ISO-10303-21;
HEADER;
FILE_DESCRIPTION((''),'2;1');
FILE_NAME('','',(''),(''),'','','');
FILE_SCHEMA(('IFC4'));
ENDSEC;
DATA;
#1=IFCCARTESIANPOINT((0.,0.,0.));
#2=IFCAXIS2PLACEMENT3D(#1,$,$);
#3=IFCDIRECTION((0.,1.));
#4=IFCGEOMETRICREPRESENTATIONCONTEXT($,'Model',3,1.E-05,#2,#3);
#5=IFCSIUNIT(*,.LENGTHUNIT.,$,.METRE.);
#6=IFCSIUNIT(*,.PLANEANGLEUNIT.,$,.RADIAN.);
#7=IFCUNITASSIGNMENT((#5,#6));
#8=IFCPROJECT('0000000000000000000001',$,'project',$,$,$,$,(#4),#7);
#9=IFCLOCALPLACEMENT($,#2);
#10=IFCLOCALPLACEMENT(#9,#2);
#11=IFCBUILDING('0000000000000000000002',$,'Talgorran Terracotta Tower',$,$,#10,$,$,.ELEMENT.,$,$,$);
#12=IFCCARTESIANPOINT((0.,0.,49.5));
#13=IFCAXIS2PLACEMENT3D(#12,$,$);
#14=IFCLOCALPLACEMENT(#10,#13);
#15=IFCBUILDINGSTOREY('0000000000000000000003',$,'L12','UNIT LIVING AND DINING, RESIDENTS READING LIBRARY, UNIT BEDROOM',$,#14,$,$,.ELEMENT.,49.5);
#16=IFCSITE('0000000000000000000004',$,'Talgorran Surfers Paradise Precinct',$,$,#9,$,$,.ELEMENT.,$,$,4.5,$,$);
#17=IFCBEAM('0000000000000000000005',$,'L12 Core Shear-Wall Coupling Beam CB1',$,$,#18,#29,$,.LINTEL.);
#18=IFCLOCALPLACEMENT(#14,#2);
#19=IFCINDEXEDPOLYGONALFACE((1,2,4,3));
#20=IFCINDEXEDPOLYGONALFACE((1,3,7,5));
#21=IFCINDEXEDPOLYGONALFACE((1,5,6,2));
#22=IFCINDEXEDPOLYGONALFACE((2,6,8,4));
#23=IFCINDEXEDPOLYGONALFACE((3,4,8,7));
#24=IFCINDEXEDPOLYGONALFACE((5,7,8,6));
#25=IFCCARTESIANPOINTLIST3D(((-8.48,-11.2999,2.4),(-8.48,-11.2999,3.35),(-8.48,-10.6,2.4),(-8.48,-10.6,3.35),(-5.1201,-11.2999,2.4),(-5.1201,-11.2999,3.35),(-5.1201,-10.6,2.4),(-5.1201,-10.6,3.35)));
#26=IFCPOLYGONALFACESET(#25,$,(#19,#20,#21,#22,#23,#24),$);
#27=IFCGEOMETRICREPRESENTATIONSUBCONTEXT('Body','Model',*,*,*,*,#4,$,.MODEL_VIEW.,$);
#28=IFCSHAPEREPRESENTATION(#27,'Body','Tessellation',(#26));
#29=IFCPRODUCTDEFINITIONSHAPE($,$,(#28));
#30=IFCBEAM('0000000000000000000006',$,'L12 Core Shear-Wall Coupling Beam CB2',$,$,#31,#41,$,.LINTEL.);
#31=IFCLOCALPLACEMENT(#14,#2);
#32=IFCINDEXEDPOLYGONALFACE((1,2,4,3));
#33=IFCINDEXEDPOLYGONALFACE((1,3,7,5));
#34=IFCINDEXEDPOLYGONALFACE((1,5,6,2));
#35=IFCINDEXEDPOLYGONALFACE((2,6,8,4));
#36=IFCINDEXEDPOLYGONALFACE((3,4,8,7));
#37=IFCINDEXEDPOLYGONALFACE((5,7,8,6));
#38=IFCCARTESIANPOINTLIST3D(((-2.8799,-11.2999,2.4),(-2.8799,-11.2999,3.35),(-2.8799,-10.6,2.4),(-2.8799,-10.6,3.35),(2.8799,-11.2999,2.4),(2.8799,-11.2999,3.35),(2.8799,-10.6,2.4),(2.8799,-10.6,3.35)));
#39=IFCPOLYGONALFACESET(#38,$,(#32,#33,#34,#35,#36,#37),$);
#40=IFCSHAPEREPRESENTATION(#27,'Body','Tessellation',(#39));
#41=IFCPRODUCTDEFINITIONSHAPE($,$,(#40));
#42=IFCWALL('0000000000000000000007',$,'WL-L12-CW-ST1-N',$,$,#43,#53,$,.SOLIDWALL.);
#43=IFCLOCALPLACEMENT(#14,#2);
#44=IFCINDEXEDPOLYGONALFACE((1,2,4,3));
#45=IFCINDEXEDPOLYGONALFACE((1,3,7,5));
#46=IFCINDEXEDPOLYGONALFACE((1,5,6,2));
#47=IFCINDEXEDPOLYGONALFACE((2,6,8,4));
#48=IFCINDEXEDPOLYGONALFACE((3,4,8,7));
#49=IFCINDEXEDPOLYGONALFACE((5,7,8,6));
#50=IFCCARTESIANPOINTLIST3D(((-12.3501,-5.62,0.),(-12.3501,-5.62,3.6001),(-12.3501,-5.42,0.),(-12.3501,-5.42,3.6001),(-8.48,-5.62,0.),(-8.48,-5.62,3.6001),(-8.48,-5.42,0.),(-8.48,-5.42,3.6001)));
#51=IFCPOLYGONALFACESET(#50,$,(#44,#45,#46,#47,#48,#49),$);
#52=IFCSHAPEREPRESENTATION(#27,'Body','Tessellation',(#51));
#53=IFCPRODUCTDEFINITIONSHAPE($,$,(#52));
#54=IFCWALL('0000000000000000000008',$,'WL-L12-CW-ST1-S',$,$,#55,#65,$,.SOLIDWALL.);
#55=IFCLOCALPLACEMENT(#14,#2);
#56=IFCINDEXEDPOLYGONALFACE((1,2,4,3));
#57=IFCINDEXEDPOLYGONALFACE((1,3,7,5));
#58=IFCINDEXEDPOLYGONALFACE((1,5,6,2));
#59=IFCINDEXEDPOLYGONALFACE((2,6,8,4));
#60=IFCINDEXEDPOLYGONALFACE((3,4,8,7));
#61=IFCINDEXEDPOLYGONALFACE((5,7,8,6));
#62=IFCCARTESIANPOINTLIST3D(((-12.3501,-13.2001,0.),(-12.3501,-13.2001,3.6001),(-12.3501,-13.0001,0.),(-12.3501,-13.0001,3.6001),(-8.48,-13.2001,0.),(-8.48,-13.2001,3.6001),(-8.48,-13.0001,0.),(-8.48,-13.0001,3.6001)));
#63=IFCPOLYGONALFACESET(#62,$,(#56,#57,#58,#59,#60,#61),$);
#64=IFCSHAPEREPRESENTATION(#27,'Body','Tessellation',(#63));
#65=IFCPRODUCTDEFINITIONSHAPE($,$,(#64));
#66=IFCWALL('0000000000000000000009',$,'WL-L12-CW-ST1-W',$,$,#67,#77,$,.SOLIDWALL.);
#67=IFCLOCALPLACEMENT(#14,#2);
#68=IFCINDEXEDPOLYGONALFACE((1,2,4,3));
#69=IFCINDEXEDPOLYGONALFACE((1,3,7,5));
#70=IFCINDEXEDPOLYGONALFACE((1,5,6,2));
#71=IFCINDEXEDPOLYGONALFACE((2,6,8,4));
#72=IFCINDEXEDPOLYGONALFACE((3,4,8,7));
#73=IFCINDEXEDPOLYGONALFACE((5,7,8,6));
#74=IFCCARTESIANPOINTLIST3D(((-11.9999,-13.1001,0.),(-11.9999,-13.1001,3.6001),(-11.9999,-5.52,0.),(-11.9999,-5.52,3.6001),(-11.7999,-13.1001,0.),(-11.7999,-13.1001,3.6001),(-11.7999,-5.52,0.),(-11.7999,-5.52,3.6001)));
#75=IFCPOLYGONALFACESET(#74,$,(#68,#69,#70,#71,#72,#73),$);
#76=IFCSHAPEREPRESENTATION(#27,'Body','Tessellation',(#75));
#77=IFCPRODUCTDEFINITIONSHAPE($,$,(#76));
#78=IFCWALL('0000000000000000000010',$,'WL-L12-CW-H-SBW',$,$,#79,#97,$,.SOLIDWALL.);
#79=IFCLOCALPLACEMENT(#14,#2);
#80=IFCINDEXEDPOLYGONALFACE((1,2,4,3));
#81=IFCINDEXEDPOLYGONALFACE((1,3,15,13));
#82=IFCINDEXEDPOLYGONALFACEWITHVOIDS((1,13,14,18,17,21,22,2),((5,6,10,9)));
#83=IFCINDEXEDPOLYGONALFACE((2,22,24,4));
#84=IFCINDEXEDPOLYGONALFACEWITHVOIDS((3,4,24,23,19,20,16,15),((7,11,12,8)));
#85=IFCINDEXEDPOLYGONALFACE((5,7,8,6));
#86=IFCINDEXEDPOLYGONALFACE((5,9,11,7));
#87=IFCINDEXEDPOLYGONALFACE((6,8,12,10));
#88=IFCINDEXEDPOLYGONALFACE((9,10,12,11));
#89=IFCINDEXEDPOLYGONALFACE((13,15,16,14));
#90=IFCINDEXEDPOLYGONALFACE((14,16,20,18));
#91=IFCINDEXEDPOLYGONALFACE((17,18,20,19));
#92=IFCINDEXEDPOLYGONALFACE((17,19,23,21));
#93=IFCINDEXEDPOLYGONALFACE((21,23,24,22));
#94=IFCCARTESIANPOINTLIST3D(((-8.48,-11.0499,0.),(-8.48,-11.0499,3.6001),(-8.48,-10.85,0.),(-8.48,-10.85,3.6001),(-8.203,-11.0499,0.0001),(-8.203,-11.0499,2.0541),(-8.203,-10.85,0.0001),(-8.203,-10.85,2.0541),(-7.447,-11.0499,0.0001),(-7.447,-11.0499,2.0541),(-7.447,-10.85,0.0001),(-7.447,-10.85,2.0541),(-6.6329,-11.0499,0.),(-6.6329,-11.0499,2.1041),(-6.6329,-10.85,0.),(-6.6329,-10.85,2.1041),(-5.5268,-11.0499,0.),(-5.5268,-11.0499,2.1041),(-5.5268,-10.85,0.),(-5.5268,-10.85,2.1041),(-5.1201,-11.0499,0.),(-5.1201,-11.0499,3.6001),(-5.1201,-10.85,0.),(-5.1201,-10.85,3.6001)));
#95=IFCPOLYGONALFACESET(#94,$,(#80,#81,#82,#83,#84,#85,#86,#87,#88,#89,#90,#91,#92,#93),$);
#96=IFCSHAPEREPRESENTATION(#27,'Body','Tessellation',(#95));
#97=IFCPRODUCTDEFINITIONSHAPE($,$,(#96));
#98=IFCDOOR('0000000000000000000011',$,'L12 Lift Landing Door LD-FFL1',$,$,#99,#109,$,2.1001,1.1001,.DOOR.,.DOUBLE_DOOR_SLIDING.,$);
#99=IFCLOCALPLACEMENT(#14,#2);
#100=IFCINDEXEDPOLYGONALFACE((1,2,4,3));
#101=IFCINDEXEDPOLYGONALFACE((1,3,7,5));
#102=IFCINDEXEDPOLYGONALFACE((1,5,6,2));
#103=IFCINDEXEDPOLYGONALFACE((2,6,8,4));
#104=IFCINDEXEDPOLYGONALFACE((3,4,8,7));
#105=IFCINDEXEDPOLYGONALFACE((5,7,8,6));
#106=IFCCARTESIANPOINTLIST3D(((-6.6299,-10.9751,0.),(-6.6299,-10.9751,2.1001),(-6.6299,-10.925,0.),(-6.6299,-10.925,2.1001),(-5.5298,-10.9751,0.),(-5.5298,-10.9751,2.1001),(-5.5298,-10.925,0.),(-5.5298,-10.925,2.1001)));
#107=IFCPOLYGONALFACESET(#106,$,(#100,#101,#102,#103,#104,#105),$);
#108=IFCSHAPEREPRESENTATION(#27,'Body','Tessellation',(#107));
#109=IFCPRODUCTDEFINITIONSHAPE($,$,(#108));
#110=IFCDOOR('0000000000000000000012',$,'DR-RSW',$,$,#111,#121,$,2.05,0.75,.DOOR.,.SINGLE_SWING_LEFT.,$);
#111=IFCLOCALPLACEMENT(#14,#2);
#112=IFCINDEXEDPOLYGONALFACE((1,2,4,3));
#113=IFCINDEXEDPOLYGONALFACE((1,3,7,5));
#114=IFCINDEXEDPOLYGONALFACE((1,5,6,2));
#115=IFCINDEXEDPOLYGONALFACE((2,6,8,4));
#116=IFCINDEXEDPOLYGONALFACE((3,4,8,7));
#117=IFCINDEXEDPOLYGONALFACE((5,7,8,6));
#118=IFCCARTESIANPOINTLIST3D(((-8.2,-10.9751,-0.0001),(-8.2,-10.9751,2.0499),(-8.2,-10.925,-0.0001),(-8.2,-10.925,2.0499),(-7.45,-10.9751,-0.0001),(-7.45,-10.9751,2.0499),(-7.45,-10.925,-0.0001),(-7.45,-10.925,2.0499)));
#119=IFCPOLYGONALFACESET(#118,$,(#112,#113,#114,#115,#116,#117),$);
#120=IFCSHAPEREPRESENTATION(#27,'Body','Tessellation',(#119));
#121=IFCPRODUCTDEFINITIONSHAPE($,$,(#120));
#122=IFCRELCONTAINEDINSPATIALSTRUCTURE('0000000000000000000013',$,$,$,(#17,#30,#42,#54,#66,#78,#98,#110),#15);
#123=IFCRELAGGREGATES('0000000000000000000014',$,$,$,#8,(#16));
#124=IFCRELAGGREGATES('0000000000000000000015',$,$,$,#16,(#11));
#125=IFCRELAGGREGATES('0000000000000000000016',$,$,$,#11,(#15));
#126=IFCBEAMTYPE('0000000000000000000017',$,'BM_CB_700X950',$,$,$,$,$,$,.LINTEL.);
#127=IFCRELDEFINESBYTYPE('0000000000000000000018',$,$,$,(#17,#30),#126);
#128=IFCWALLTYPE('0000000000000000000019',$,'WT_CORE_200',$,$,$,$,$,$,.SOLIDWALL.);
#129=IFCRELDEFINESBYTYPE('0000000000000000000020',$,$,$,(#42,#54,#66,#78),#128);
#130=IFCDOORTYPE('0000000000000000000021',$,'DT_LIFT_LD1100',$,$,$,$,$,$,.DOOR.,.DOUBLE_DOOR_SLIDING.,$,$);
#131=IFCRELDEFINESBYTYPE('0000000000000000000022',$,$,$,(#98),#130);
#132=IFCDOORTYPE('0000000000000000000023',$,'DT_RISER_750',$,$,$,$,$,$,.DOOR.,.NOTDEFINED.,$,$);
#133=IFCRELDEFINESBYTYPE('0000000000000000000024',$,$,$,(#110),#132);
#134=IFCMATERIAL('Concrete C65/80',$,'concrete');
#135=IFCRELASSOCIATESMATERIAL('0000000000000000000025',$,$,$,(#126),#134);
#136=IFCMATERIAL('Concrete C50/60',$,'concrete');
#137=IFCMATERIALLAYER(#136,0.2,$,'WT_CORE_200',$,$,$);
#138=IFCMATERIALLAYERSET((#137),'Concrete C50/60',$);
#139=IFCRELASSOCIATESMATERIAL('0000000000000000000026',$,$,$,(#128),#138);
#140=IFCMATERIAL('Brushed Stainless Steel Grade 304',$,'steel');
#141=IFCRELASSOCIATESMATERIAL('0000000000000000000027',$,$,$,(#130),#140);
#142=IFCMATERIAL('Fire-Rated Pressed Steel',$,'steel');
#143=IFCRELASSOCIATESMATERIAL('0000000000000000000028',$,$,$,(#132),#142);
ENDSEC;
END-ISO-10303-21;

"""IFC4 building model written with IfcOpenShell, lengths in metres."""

from ifc_helpers import new_model, si_unit, direction, frame, frame_2d, origin, origin_2d, place, context, subcontext, project, spatial, rectangle, extrude, material, layer, layer_set, material_profile, profile_set, type_object, element, fill, save


model = new_model("IFC4")

# Units and contexts
model_context = context("Model", 3, precision=1e-05, world=origin(), true_north=direction((0.0, 1.0)))
body_context = subcontext(model_context, "Body", "Model", "MODEL_VIEW")
ifc_project = project(units=[si_unit("LENGTHUNIT", "METRE"), si_unit("PLANEANGLEUNIT", "RADIAN")], contexts=[model_context])

# Site, building, storey
site_placement = place(None, origin())
site = spatial("IfcSite", under=ifc_project, at=site_placement, Name="Talgorran Surfers Paradise Precinct", CompositionType="ELEMENT", RefElevation=4.5)
building_placement = place(site_placement, origin())
building = spatial("IfcBuilding", under=site, at=building_placement, Name="Talgorran Terracotta Tower", CompositionType="ELEMENT")
storey_placement = place(building_placement, frame((0.0, 0.0, 49.5)))
storey = spatial("IfcBuildingStorey", under=building, at=storey_placement, Name="L12", Description="UNIT LIVING AND DINING, RESIDENTS READING LIBRARY, UNIT BEDROOM", CompositionType="ELEMENT", Elevation=49.5)

# Beams
ifc_material_1 = material(Name="Concrete C65/80", Category="concrete")
ifc_material_profile = material_profile(ifc_material_1, rectangle(XDim=0.7, YDim=0.95, at=origin_2d()), Name="RCCB700X950")
ifc_profile_set = profile_set([ifc_material_profile], Name="Concrete C65/80")
beam_type = type_object("IfcBeamType", Name="BM_CB_700X950", PredefinedType="LINTEL", material=ifc_profile_set)
beam_1_placement = place(storey_placement, frame((-8.48, -10.95, 2.875), z_axis=(1.0, 0.0, 0.0), x_axis=(0.0, 1.0, 0.0)))
element("IfcBeam", 1, at=beam_1_placement, inside=storey, type_object=beam_type, Name="L12 Core Shear-Wall Coupling Beam CB1", PredefinedType="LINTEL", context=body_context, shape_type="SweptSolid", body=[
    extrude(rectangle(XDim=0.7, YDim=0.95, at=origin_2d()), origin(), (0.0, 0.0, 1.0), 3.3599),
])
beam_2_placement = place(storey_placement, frame((-2.8799, -10.95, 2.875), z_axis=(1.0, 0.0, 0.0), x_axis=(0.0, 1.0, 0.0)))
element("IfcBeam", 2, at=beam_2_placement, inside=storey, type_object=beam_type, Name="L12 Core Shear-Wall Coupling Beam CB2", PredefinedType="LINTEL", context=body_context, shape_type="SweptSolid", body=[
    extrude(rectangle(XDim=0.7, YDim=0.95, at=origin_2d()), origin(), (0.0, 0.0, 1.0), 5.7598),
])

# Walls
ifc_material_2 = material(Name="Concrete C50/60", Category="concrete")
ifc_layer_1 = layer(ifc_material_2, 0.2, Name="WT_CORE_200")
ifc_layer_set_1 = layer_set([ifc_layer_1], Name="Concrete C50/60")
wall_type_1 = type_object("IfcWallType", Name="WT_CORE_200", PredefinedType="SOLIDWALL", material=ifc_layer_set_1)
for number, where, z_axis, x_axis, name in (
    (3, (-12.3501, -5.52, 0.0), (0.0, 0.0, 1.0), (1.0, 0.0, 0.0), "WL-L12-CW-ST1-N"),
    (4, (-12.3501, -13.1001, 0.0), (0.0, 0.0, 1.0), (1.0, 0.0, 0.0), "WL-L12-CW-ST1-S"),
):
    element("IfcWall", number, at=place(storey_placement, frame(where, z_axis=z_axis, x_axis=x_axis)), inside=storey, type_object=wall_type_1, Name=name, PredefinedType="SOLIDWALL", context=body_context, shape_type="SweptSolid", body=[
        extrude(rectangle(XDim=3.8701, YDim=0.2, at=frame_2d((1.9351, 0.0))), origin(), (0.0, 0.0, 1.0), 3.6001),
    ])
wall_1_placement = place(storey_placement, frame((-11.8999, -13.1001, 0.0), z_axis=(0.0, 0.0, 1.0), x_axis=(0.0, 1.0, 0.0)))
element("IfcWall", 5, at=wall_1_placement, inside=storey, type_object=wall_type_1, Name="WL-L12-CW-ST1-W", PredefinedType="SOLIDWALL", context=body_context, shape_type="SweptSolid", body=[
    extrude(rectangle(XDim=7.5801, YDim=0.2, at=frame_2d((3.79, 0.0))), origin(), (0.0, 0.0, 1.0), 3.6001),
])

# Wall, openings, doors
wall_2_placement = place(storey_placement, frame((-8.48, -10.95, 0.0), z_axis=(0.0, 0.0, 1.0), x_axis=(1.0, 0.0, 0.0)))
wall_2 = element("IfcWall", 6, at=wall_2_placement, inside=storey, type_object=wall_type_1, Name="WL-L12-CW-H-SBW", PredefinedType="SOLIDWALL", context=body_context, shape_type="SweptSolid", body=[
    extrude(rectangle(XDim=3.3599, YDim=0.2, at=frame_2d((1.6799, 0.0))), origin(), (0.0, 0.0, 1.0), 3.6001),
])
opening_1_placement = place(wall_2_placement, frame((0.28, 0.0, 0.0)))
opening_1 = element("IfcOpeningElement", 7, at=opening_1_placement, cuts=wall_2, PredefinedType="OPENING", context=body_context, shape_type="SweptSolid", body=[
    extrude(rectangle(XDim=0.756, YDim=2.054, at=frame_2d((0.375, 1.0271))), frame((0.0, 0.1099, 0.0), z_axis=(0.0, -1.0, 0.0), x_axis=(1.0, 0.0, 0.0)), (0.0, 0.0, 1.0), 0.22),
])
opening_2_placement = place(wall_2_placement, frame((1.8501, 0.0, 0.0)))
opening_2 = element("IfcOpeningElement", 8, at=opening_2_placement, cuts=wall_2, PredefinedType="OPENING", context=body_context, shape_type="SweptSolid", body=[
    extrude(rectangle(XDim=1.1061, YDim=2.1041, at=frame_2d((0.55, 1.052))), frame((0.0, 0.1099, 0.0), z_axis=(0.0, -1.0, 0.0), x_axis=(1.0, 0.0, 0.0)), (0.0, 0.0, 1.0), 0.22),
])
ifc_material_3 = material(Name="Brushed Stainless Steel Grade 304", Category="steel")
door_type_1 = type_object("IfcDoorType", Name="DT_LIFT_LD1100", OperationType="DOUBLE_DOOR_SLIDING", PredefinedType="DOOR", material=ifc_material_3)
door_1_placement = place(opening_2_placement, origin())
door_1 = element("IfcDoor", 9, at=door_1_placement, inside=storey, type_object=door_type_1, Name="L12 Lift Landing Door LD-FFL1", OperationType="DOUBLE_DOOR_SLIDING", OverallHeight=2.1001, OverallWidth=1.1001, PredefinedType="DOOR", context=body_context, shape_type="SweptSolid", body=[
    extrude(rectangle(XDim=1.1001, YDim=2.1001, at=frame_2d((0.55, 1.05))), frame((0.0, 0.0249, 0.0), z_axis=(0.0, -1.0, 0.0), x_axis=(1.0, 0.0, 0.0)), (0.0, 0.0, 1.0), 0.05),
])
fill(opening_2, door_1)
ifc_material_4 = material(Name="Fire-Rated Pressed Steel", Category="steel")
door_type_2 = type_object("IfcDoorType", Name="DT_RISER_750", OperationType="NOTDEFINED", PredefinedType="DOOR", material=ifc_material_4)
door_2_placement = place(opening_1_placement, origin())
door_2 = element("IfcDoor", 10, at=door_2_placement, inside=storey, type_object=door_type_2, Name="DR-RSW", OperationType="SINGLE_SWING_LEFT", OverallHeight=2.05, OverallWidth=0.75, PredefinedType="DOOR", context=body_context, shape_type="SweptSolid", body=[
    extrude(rectangle(XDim=0.75, YDim=2.05, at=frame_2d((0.375, 1.0249))), frame((0.0, 0.0249, 0.0), z_axis=(0.0, -1.0, 0.0), x_axis=(1.0, 0.0, 0.0)), (0.0, 0.0, 1.0), 0.05),
])
fill(opening_1, door_2)

save(model, "model.ifc")
